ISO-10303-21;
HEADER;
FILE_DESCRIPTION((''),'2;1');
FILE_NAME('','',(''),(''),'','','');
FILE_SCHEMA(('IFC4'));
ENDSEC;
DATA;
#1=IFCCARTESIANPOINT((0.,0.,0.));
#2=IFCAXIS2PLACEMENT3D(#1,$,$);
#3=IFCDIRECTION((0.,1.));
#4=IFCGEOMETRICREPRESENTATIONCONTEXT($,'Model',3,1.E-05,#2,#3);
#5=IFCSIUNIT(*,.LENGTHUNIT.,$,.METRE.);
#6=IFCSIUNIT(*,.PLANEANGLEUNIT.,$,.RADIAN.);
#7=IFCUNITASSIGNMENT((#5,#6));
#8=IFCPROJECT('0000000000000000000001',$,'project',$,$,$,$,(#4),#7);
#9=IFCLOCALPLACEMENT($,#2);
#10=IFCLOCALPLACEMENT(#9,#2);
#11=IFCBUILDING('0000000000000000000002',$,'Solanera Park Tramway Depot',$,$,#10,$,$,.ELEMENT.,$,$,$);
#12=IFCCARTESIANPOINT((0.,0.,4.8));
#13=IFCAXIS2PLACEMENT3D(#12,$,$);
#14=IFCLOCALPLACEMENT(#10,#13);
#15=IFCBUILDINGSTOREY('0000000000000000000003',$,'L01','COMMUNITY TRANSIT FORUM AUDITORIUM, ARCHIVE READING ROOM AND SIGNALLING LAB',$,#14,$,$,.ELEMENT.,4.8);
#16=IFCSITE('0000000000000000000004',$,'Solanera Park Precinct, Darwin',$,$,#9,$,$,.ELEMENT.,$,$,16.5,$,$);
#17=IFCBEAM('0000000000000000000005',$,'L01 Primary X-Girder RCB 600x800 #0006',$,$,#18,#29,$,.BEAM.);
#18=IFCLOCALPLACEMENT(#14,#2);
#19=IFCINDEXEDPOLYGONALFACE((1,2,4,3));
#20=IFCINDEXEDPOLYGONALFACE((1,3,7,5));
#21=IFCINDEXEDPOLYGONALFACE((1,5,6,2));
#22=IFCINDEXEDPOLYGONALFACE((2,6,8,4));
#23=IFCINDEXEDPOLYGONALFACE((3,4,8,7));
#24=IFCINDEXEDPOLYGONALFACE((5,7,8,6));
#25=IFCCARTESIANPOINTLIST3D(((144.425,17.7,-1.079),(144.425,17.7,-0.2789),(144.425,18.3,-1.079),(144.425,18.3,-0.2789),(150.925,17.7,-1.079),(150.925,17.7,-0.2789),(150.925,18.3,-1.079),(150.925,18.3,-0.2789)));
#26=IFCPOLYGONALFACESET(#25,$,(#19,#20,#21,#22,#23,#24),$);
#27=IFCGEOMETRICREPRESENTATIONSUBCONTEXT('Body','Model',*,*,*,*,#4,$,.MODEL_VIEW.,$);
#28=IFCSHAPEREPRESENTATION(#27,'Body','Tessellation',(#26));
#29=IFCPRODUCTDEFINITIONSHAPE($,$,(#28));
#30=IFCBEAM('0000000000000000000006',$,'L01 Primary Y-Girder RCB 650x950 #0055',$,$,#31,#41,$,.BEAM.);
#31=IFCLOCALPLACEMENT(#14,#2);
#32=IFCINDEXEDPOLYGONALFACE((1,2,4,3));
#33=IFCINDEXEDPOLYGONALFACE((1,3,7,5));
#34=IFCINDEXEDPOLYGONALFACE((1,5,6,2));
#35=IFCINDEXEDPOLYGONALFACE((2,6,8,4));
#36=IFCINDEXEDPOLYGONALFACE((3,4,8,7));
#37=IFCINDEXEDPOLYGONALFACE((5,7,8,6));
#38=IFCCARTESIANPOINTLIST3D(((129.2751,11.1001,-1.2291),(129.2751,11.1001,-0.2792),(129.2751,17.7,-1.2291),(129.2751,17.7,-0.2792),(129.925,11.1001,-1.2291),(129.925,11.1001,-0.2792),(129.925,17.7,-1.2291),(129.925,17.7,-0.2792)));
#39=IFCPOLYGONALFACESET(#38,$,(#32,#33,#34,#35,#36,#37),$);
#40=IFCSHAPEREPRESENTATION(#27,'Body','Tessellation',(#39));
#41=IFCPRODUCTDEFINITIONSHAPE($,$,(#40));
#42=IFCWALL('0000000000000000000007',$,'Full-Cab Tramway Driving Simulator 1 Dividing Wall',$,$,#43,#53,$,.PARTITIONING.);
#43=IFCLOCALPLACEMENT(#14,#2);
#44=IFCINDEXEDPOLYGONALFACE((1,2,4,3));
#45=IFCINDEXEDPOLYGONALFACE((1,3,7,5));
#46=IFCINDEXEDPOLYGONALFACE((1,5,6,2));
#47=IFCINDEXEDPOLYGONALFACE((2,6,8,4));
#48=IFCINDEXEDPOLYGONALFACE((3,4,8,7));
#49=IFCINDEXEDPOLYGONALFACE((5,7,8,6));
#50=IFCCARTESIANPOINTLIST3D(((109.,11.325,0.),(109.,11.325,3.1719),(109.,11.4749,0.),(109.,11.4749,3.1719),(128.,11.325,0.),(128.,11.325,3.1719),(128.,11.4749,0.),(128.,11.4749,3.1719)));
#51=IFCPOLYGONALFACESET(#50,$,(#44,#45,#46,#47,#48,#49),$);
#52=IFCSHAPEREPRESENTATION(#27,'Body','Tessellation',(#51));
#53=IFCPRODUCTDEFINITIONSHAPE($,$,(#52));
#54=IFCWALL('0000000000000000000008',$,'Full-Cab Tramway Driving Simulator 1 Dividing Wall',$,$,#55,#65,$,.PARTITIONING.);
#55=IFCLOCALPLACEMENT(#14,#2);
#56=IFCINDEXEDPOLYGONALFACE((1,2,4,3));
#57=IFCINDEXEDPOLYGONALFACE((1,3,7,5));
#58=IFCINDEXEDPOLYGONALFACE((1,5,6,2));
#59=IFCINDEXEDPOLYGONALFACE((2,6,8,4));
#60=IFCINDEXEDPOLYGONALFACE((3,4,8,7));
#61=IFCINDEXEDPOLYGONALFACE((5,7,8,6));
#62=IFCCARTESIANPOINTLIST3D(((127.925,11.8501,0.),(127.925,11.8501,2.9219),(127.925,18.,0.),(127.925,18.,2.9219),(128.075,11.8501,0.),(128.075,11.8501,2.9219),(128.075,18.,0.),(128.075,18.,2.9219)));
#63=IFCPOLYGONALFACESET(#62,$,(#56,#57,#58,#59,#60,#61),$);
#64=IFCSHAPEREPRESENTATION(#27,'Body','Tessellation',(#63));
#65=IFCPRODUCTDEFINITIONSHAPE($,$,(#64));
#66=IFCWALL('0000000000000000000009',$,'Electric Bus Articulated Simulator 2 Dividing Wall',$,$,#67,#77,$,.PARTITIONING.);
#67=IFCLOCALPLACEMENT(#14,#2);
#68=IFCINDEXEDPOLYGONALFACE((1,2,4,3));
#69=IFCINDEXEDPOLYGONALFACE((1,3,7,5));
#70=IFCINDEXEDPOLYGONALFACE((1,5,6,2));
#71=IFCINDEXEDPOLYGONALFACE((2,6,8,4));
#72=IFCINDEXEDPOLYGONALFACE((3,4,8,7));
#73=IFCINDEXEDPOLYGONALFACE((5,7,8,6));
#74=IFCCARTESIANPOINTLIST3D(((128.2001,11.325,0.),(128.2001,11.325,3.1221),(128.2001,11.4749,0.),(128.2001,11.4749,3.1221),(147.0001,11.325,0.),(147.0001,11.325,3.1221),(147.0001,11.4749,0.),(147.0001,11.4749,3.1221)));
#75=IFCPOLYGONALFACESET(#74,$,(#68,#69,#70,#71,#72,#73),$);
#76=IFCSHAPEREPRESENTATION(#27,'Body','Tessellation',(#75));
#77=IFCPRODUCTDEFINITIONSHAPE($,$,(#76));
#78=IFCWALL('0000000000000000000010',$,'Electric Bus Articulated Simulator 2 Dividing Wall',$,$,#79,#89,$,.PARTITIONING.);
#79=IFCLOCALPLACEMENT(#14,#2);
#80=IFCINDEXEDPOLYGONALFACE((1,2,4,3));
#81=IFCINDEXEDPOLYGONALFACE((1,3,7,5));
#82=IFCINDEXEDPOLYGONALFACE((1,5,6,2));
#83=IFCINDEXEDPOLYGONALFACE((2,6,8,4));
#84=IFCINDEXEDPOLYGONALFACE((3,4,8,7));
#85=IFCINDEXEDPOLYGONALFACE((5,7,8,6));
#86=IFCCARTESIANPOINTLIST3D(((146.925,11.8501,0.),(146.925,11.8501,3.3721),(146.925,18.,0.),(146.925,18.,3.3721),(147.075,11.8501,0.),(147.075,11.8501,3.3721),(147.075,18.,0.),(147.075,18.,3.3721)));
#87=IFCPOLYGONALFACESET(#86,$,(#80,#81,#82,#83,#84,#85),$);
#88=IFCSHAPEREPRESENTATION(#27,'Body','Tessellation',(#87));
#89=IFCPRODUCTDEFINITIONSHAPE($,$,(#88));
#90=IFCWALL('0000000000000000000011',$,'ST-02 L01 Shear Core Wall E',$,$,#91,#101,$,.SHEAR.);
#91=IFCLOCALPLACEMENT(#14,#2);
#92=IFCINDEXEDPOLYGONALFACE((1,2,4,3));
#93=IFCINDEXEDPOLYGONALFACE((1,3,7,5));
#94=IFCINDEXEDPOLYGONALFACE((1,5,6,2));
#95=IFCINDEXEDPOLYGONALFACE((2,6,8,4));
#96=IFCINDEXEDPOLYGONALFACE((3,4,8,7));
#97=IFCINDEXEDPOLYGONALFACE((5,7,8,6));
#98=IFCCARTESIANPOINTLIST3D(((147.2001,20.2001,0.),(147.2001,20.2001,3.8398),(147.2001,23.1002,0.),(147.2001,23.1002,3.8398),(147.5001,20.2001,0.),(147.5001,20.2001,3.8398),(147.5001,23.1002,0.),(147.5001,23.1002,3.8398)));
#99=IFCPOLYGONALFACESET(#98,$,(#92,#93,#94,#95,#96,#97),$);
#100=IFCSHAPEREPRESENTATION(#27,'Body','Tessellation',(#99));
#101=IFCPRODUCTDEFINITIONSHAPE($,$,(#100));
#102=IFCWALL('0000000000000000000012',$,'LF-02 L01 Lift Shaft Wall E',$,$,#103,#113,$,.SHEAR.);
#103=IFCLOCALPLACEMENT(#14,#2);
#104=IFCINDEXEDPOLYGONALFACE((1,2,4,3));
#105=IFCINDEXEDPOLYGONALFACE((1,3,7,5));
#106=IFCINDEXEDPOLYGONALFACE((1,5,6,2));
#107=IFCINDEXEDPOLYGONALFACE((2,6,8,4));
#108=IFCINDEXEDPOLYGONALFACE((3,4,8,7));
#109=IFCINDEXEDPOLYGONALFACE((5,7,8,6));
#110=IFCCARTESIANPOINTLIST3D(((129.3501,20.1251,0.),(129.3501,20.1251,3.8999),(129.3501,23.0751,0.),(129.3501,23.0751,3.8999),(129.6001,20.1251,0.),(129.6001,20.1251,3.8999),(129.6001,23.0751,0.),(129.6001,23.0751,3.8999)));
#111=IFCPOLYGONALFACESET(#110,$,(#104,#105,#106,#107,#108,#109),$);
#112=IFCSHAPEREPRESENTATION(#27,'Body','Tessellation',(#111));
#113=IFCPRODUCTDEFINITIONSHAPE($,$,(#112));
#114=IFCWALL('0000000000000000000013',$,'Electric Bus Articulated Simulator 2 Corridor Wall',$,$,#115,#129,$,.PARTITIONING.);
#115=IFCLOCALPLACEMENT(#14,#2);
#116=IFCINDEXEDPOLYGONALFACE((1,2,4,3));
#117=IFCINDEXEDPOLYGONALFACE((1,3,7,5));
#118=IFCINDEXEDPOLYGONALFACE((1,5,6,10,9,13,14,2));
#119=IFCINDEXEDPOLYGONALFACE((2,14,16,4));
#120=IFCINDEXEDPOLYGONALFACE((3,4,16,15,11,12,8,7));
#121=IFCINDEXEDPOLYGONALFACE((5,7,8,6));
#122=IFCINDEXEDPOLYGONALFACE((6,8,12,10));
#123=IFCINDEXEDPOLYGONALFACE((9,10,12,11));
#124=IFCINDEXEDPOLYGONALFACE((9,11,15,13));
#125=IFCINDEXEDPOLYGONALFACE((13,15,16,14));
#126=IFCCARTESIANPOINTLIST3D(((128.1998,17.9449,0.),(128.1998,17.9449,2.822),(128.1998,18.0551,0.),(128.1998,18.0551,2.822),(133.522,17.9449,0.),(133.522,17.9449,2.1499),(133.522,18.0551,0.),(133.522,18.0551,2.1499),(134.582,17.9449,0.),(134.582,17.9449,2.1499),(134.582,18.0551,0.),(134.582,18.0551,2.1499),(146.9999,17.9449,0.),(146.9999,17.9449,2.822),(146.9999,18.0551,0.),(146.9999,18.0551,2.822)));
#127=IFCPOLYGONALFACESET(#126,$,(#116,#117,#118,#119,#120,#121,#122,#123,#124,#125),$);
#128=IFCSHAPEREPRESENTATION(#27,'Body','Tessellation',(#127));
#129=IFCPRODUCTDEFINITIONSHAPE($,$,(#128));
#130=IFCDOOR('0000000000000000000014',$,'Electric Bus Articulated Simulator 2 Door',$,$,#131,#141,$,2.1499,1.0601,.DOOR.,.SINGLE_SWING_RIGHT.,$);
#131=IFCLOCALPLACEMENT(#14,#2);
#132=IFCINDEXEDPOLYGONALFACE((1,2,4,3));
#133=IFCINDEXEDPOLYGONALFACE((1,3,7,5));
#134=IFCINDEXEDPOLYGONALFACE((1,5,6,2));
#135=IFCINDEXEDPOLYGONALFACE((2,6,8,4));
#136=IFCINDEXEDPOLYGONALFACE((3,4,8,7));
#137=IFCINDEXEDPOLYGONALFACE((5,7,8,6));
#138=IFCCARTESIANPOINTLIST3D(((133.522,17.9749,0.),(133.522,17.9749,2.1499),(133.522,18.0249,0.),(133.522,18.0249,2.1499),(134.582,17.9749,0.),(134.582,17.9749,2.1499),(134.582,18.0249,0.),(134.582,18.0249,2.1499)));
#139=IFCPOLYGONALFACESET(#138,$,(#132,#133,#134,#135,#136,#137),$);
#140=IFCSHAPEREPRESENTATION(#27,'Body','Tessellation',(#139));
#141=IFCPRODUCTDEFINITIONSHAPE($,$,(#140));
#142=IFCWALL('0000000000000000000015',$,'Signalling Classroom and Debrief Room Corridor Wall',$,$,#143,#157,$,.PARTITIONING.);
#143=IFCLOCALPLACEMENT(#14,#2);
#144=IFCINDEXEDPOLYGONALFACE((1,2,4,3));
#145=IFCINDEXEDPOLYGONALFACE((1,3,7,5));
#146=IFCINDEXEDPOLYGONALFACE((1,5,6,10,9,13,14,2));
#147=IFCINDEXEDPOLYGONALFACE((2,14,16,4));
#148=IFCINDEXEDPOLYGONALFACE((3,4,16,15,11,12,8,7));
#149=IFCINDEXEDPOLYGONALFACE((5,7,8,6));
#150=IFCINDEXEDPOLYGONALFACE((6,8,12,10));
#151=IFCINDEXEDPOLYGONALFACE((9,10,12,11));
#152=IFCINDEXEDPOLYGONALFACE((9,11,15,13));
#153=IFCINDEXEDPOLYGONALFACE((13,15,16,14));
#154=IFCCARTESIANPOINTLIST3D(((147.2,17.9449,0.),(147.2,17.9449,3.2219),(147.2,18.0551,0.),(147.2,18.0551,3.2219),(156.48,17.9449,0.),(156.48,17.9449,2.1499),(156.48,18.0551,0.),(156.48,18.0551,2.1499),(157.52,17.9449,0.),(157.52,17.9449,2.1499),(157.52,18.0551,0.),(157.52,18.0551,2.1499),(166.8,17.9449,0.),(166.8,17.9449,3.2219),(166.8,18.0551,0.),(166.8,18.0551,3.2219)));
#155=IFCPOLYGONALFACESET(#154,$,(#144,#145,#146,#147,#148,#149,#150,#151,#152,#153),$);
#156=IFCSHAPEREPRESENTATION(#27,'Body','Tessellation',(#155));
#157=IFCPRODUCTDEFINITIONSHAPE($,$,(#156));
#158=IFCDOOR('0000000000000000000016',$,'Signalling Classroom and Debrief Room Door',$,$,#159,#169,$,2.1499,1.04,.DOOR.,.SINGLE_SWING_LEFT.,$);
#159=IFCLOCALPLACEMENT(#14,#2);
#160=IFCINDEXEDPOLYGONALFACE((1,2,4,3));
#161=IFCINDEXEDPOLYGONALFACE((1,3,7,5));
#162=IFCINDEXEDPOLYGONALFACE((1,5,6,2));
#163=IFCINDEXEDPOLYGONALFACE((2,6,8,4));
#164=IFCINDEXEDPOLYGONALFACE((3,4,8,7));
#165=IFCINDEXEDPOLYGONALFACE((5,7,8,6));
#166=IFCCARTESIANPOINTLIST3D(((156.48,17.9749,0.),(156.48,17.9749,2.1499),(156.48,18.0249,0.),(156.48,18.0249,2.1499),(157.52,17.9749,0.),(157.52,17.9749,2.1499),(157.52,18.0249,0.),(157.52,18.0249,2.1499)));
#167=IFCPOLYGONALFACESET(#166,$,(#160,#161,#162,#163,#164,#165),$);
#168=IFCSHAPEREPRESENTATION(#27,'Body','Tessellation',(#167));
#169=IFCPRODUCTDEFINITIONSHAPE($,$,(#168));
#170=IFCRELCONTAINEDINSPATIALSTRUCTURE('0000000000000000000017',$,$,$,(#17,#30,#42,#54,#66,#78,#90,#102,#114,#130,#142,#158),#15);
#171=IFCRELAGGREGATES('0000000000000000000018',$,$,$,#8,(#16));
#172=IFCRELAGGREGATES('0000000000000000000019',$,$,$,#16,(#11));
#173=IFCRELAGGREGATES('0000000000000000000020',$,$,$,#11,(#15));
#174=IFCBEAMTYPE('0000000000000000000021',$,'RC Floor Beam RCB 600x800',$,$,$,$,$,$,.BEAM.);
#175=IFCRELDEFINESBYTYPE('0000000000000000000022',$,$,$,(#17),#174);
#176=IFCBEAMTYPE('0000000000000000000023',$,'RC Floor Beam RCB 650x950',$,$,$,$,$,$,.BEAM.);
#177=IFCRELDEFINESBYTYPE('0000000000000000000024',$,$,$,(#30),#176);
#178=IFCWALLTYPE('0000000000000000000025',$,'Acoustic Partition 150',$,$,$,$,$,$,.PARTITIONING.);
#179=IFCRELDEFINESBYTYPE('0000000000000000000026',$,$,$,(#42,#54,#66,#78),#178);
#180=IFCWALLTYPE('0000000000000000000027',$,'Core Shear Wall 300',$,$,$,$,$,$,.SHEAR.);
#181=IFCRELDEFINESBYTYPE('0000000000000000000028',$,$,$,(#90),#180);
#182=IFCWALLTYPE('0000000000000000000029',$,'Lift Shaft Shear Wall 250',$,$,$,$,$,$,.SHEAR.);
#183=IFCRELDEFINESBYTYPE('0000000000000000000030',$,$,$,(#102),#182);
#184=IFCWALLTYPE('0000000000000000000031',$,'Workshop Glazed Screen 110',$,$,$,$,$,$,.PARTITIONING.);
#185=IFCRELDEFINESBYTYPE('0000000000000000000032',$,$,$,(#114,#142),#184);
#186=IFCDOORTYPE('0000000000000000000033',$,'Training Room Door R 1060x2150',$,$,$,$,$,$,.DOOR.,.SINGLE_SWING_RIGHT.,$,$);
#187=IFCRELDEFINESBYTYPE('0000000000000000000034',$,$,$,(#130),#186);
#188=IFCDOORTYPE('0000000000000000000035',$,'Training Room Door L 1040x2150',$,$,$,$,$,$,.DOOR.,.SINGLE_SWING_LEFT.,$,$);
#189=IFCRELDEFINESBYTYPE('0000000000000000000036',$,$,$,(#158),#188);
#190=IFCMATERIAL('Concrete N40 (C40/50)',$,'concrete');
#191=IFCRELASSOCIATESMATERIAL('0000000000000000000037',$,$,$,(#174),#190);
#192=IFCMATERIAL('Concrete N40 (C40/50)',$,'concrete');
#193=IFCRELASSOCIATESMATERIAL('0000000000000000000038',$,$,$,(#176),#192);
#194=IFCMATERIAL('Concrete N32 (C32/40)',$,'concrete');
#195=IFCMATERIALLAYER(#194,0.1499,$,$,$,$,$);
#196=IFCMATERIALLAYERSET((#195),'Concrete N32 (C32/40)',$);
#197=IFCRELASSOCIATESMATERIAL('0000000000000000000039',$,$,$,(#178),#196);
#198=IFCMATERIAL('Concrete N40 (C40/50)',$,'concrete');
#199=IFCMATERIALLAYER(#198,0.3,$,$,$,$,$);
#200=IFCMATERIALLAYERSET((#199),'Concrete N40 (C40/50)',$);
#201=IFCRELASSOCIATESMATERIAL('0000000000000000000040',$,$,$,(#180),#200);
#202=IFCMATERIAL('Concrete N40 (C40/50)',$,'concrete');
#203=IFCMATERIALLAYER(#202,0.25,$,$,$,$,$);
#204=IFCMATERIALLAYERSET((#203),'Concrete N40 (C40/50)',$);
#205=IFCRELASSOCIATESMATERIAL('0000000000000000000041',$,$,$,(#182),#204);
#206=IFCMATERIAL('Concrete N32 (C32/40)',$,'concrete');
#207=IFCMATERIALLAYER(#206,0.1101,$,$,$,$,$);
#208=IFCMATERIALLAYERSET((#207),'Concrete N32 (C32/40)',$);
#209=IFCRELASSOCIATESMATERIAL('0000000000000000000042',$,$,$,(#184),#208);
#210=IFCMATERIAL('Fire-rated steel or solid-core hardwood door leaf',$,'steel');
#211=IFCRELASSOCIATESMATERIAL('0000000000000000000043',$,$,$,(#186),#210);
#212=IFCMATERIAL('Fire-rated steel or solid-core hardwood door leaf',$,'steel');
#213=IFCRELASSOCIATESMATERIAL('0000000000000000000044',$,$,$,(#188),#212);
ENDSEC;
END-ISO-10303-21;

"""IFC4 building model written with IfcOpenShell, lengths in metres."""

from ifc_helpers import new_model, si_unit, direction, frame, frame_2d, origin, origin_2d, place, context, subcontext, project, spatial, rectangle, extrude, material, layer, layer_set, material_profile, profile_set, type_object, element, fill, save


model = new_model("IFC4")

# Units and contexts
model_context = context("Model", 3, precision=1e-05, world=origin(), true_north=direction((0.0, 1.0)))
body_context = subcontext(model_context, "Body", "Model", "MODEL_VIEW")
ifc_project = project(units=[si_unit("LENGTHUNIT", "METRE"), si_unit("PLANEANGLEUNIT", "RADIAN")], contexts=[model_context])

# Site, building, storey
site_placement = place(None, origin())
site = spatial("IfcSite", under=ifc_project, at=site_placement, Name="Solanera Park Precinct, Darwin", CompositionType="ELEMENT", RefElevation=16.5)
building_placement = place(site_placement, origin())
building = spatial("IfcBuilding", under=site, at=building_placement, Name="Solanera Park Tramway Depot", CompositionType="ELEMENT")
storey_placement = place(building_placement, frame((0.0, 0.0, 4.8)))
storey = spatial("IfcBuildingStorey", under=building, at=storey_placement, Name="L01", Description="COMMUNITY TRANSIT FORUM AUDITORIUM, ARCHIVE READING ROOM AND SIGNALLING LAB", CompositionType="ELEMENT", Elevation=4.8)

# Beams
ifc_material_1 = material(Name="Concrete N40 (C40/50)", Category="concrete")
ifc_material_profile_1 = material_profile(ifc_material_1, rectangle(XDim=0.6001, YDim=0.8, at=origin_2d()), Name="RCB 600x800")
ifc_profile_set_1 = profile_set([ifc_material_profile_1], Name="Concrete N40 (C40/50)")
beam_type_1 = type_object("IfcBeamType", Name="RC Floor Beam RCB 600x800", PredefinedType="BEAM", material=ifc_profile_set_1)
beam_1_placement = place(storey_placement, frame((144.425, 18.0, -0.679), z_axis=(1.0, 0.0, 0.0), x_axis=(0.0, 1.0, 0.0)))
element("IfcBeam", 1, at=beam_1_placement, inside=storey, type_object=beam_type_1, Name="L01 Primary X-Girder RCB 600x800 #0006", PredefinedType="BEAM", context=body_context, shape_type="SweptSolid", body=[
    extrude(rectangle(XDim=0.6001, YDim=0.8, at=origin_2d()), origin(), (0.0, 0.0, 1.0), 6.5),
])
ifc_material_2 = material(Name="Concrete N40 (C40/50)", Category="concrete")
ifc_material_profile_2 = material_profile(ifc_material_2, rectangle(XDim=0.6499, YDim=0.95, at=origin_2d()), Name="RCB 650x950")
ifc_profile_set_2 = profile_set([ifc_material_profile_2], Name="Concrete N40 (C40/50)")
beam_type_2 = type_object("IfcBeamType", Name="RC Floor Beam RCB 650x950", PredefinedType="BEAM", material=ifc_profile_set_2)
beam_2_placement = place(storey_placement, frame((129.6001, 11.1001, -0.7542), z_axis=(0.0, 1.0, 0.0), x_axis=(-1.0, 0.0, 0.0)))
element("IfcBeam", 2, at=beam_2_placement, inside=storey, type_object=beam_type_2, Name="L01 Primary Y-Girder RCB 650x950 #0055", PredefinedType="BEAM", context=body_context, shape_type="SweptSolid", body=[
    extrude(rectangle(XDim=0.6499, YDim=0.95, at=origin_2d()), origin(), (0.0, 0.0, 1.0), 6.5999),
])

# Walls
ifc_material_3 = material(Name="Concrete N32 (C32/40)", Category="concrete")
ifc_layer_1 = layer(ifc_material_3, 0.1499)
ifc_layer_set_1 = layer_set([ifc_layer_1], Name="Concrete N32 (C32/40)")
wall_type_1 = type_object("IfcWallType", Name="Acoustic Partition 150", PredefinedType="PARTITIONING", material=ifc_layer_set_1)
wall_1_placement = place(storey_placement, frame((128.0, 11.3999, 0.0), z_axis=(0.0, 0.0, 1.0), x_axis=(-1.0, 0.0, 0.0)))
element("IfcWall", 3, at=wall_1_placement, inside=storey, type_object=wall_type_1, Name="Full-Cab Tramway Driving Simulator 1 Dividing Wall", PredefinedType="PARTITIONING", context=body_context, shape_type="SweptSolid", body=[
    extrude(rectangle(XDim=19.0, YDim=0.1499, at=frame_2d((9.5, 0.0))), origin(), (0.0, 0.0, 1.0), 3.1719),
])
wall_2_placement = place(storey_placement, frame((128.0, 11.8501, 0.0), z_axis=(0.0, 0.0, 1.0), x_axis=(0.0, 1.0, 0.0)))
element("IfcWall", 4, at=wall_2_placement, inside=storey, type_object=wall_type_1, Name="Full-Cab Tramway Driving Simulator 1 Dividing Wall", PredefinedType="PARTITIONING", context=body_context, shape_type="SweptSolid", body=[
    extrude(rectangle(XDim=6.1499, YDim=0.1499, at=frame_2d((3.075, 0.0))), origin(), (0.0, 0.0, 1.0), 2.9219),
])
wall_3_placement = place(storey_placement, frame((147.0, 11.3999, 0.0), z_axis=(0.0, 0.0, 1.0), x_axis=(-1.0, 0.0, 0.0)))
element("IfcWall", 5, at=wall_3_placement, inside=storey, type_object=wall_type_1, Name="Electric Bus Articulated Simulator 2 Dividing Wall", PredefinedType="PARTITIONING", context=body_context, shape_type="SweptSolid", body=[
    extrude(rectangle(XDim=18.8, YDim=0.1499, at=frame_2d((9.3999, 0.0))), origin(), (0.0, 0.0, 1.0), 3.1221),
])
wall_4_placement = place(storey_placement, frame((147.0, 11.8501, 0.0), z_axis=(0.0, 0.0, 1.0), x_axis=(0.0, 1.0, 0.0)))
element("IfcWall", 6, at=wall_4_placement, inside=storey, type_object=wall_type_1, Name="Electric Bus Articulated Simulator 2 Dividing Wall", PredefinedType="PARTITIONING", context=body_context, shape_type="SweptSolid", body=[
    extrude(rectangle(XDim=6.1499, YDim=0.1499, at=frame_2d((3.075, 0.0))), origin(), (0.0, 0.0, 1.0), 3.3721),
])

# Shared definitions
ifc_material_4 = material(Name="Concrete N40 (C40/50)", Category="concrete")
ifc_layer_2 = layer(ifc_material_4, 0.3)
ifc_layer_set_2 = layer_set([ifc_layer_2], Name="Concrete N40 (C40/50)")
wall_type_2 = type_object("IfcWallType", Name="Core Shear Wall 300", PredefinedType="SHEAR", material=ifc_layer_set_2)

# Walls
wall_5_placement = place(storey_placement, frame((147.3501, 20.2, 0.0), z_axis=(0.0, 0.0, 1.0), x_axis=(0.0, 1.0, 0.0)))
element("IfcWall", 7, at=wall_5_placement, inside=storey, type_object=wall_type_2, Name="ST-02 L01 Shear Core Wall E", PredefinedType="SHEAR", context=body_context, shape_type="SweptSolid", body=[
    extrude(rectangle(XDim=2.9001, YDim=0.3, at=frame_2d((1.4502, 0.0))), origin(), (0.0, 0.0, 1.0), 3.8398),
])
ifc_material_5 = material(Name="Concrete N40 (C40/50)", Category="concrete")
ifc_layer_3 = layer(ifc_material_5, 0.25)
ifc_layer_set_3 = layer_set([ifc_layer_3], Name="Concrete N40 (C40/50)")
wall_type_3 = type_object("IfcWallType", Name="Lift Shaft Shear Wall 250", PredefinedType="SHEAR", material=ifc_layer_set_3)
wall_6_placement = place(storey_placement, frame((129.4751, 20.125, 0.0), z_axis=(0.0, 0.0, 1.0), x_axis=(0.0, 1.0, 0.0)))
element("IfcWall", 8, at=wall_6_placement, inside=storey, type_object=wall_type_3, Name="LF-02 L01 Lift Shaft Wall E", PredefinedType="SHEAR", context=body_context, shape_type="SweptSolid", body=[
    extrude(rectangle(XDim=2.95, YDim=0.25, at=frame_2d((1.4751, 0.0))), origin(), (0.0, 0.0, 1.0), 3.8999),
])

# Walls, openings, doors
ifc_material_6 = material(Name="Concrete N32 (C32/40)", Category="concrete")
ifc_layer_4 = layer(ifc_material_6, 0.1101)
ifc_layer_set_4 = layer_set([ifc_layer_4], Name="Concrete N32 (C32/40)")
wall_type_4 = type_object("IfcWallType", Name="Workshop Glazed Screen 110", PredefinedType="PARTITIONING", material=ifc_layer_set_4)
wall_7_placement = place(storey_placement, frame((128.2, 18.0, 0.0), z_axis=(0.0, 0.0, 1.0), x_axis=(1.0, 0.0, 0.0)))
wall_7 = element("IfcWall", 9, at=wall_7_placement, inside=storey, type_object=wall_type_4, Name="Electric Bus Articulated Simulator 2 Corridor Wall", PredefinedType="PARTITIONING", context=body_context, shape_type="SweptSolid", body=[
    extrude(rectangle(XDim=18.8, YDim=0.1101, at=frame_2d((9.3999, 0.0))), origin(), (0.0, 0.0, 1.0), 2.822),
])
opening_1_placement = place(wall_7_placement, frame((5.322, 0.0, 0.0)))
opening_1 = element("IfcOpeningElement", 10, at=opening_1_placement, cuts=wall_7, PredefinedType="OPENING", context=body_context, shape_type="SweptSolid", body=[
    extrude(rectangle(XDim=1.0601, YDim=2.1499, at=frame_2d((0.53, 1.075))), frame((0.0, 0.0649, 0.0), z_axis=(0.0, -1.0, 0.0), x_axis=(1.0, 0.0, 0.0)), (0.0, 0.0, 1.0), 0.1301),
])
ifc_material_7 = material(Name="Fire-rated steel or solid-core hardwood door leaf", Category="steel")
door_type_1 = type_object("IfcDoorType", Name="Training Room Door R 1060x2150", OperationType="SINGLE_SWING_RIGHT", PredefinedType="DOOR", material=ifc_material_7)
door_1_placement = place(opening_1_placement, origin())
door_1 = element("IfcDoor", 11, at=door_1_placement, inside=storey, type_object=door_type_1, Name="Electric Bus Articulated Simulator 2 Door", OperationType="SINGLE_SWING_RIGHT", OverallHeight=2.1499, OverallWidth=1.0601, PredefinedType="DOOR", context=body_context, shape_type="SweptSolid", body=[
    extrude(rectangle(XDim=1.0601, YDim=2.1499, at=frame_2d((0.53, 1.075))), frame((0.0, 0.0249, 0.0), z_axis=(0.0, -1.0, 0.0), x_axis=(1.0, 0.0, 0.0)), (0.0, 0.0, 1.0), 0.05),
])
fill(opening_1, door_1)
wall_8_placement = place(storey_placement, frame((147.2, 18.0, 0.0), z_axis=(0.0, 0.0, 1.0), x_axis=(1.0, 0.0, 0.0)))
wall_8 = element("IfcWall", 12, at=wall_8_placement, inside=storey, type_object=wall_type_4, Name="Signalling Classroom and Debrief Room Corridor Wall", PredefinedType="PARTITIONING", context=body_context, shape_type="SweptSolid", body=[
    extrude(rectangle(XDim=19.6001, YDim=0.1101, at=frame_2d((9.8, 0.0))), origin(), (0.0, 0.0, 1.0), 3.2219),
])
opening_2_placement = place(wall_8_placement, frame((9.28, 0.0, 0.0)))
opening_2 = element("IfcOpeningElement", 13, at=opening_2_placement, cuts=wall_8, PredefinedType="OPENING", context=body_context, shape_type="SweptSolid", body=[
    extrude(rectangle(XDim=1.04, YDim=2.1499, at=frame_2d((0.52, 1.075))), frame((0.0, 0.0649, 0.0), z_axis=(0.0, -1.0, 0.0), x_axis=(1.0, 0.0, 0.0)), (0.0, 0.0, 1.0), 0.1301),
])
ifc_material_8 = material(Name="Fire-rated steel or solid-core hardwood door leaf", Category="steel")
door_type_2 = type_object("IfcDoorType", Name="Training Room Door L 1040x2150", OperationType="SINGLE_SWING_LEFT", PredefinedType="DOOR", material=ifc_material_8)
door_2_placement = place(opening_2_placement, origin())
door_2 = element("IfcDoor", 14, at=door_2_placement, inside=storey, type_object=door_type_2, Name="Signalling Classroom and Debrief Room Door", OperationType="SINGLE_SWING_LEFT", OverallHeight=2.1499, OverallWidth=1.04, PredefinedType="DOOR", context=body_context, shape_type="SweptSolid", body=[
    extrude(rectangle(XDim=1.04, YDim=2.1499, at=frame_2d((0.52, 1.075))), frame((0.0, 0.0249, 0.0), z_axis=(0.0, -1.0, 0.0), x_axis=(1.0, 0.0, 0.0)), (0.0, 0.0, 1.0), 0.05),
])
fill(opening_2, door_2)

save(model, "model.ifc")
